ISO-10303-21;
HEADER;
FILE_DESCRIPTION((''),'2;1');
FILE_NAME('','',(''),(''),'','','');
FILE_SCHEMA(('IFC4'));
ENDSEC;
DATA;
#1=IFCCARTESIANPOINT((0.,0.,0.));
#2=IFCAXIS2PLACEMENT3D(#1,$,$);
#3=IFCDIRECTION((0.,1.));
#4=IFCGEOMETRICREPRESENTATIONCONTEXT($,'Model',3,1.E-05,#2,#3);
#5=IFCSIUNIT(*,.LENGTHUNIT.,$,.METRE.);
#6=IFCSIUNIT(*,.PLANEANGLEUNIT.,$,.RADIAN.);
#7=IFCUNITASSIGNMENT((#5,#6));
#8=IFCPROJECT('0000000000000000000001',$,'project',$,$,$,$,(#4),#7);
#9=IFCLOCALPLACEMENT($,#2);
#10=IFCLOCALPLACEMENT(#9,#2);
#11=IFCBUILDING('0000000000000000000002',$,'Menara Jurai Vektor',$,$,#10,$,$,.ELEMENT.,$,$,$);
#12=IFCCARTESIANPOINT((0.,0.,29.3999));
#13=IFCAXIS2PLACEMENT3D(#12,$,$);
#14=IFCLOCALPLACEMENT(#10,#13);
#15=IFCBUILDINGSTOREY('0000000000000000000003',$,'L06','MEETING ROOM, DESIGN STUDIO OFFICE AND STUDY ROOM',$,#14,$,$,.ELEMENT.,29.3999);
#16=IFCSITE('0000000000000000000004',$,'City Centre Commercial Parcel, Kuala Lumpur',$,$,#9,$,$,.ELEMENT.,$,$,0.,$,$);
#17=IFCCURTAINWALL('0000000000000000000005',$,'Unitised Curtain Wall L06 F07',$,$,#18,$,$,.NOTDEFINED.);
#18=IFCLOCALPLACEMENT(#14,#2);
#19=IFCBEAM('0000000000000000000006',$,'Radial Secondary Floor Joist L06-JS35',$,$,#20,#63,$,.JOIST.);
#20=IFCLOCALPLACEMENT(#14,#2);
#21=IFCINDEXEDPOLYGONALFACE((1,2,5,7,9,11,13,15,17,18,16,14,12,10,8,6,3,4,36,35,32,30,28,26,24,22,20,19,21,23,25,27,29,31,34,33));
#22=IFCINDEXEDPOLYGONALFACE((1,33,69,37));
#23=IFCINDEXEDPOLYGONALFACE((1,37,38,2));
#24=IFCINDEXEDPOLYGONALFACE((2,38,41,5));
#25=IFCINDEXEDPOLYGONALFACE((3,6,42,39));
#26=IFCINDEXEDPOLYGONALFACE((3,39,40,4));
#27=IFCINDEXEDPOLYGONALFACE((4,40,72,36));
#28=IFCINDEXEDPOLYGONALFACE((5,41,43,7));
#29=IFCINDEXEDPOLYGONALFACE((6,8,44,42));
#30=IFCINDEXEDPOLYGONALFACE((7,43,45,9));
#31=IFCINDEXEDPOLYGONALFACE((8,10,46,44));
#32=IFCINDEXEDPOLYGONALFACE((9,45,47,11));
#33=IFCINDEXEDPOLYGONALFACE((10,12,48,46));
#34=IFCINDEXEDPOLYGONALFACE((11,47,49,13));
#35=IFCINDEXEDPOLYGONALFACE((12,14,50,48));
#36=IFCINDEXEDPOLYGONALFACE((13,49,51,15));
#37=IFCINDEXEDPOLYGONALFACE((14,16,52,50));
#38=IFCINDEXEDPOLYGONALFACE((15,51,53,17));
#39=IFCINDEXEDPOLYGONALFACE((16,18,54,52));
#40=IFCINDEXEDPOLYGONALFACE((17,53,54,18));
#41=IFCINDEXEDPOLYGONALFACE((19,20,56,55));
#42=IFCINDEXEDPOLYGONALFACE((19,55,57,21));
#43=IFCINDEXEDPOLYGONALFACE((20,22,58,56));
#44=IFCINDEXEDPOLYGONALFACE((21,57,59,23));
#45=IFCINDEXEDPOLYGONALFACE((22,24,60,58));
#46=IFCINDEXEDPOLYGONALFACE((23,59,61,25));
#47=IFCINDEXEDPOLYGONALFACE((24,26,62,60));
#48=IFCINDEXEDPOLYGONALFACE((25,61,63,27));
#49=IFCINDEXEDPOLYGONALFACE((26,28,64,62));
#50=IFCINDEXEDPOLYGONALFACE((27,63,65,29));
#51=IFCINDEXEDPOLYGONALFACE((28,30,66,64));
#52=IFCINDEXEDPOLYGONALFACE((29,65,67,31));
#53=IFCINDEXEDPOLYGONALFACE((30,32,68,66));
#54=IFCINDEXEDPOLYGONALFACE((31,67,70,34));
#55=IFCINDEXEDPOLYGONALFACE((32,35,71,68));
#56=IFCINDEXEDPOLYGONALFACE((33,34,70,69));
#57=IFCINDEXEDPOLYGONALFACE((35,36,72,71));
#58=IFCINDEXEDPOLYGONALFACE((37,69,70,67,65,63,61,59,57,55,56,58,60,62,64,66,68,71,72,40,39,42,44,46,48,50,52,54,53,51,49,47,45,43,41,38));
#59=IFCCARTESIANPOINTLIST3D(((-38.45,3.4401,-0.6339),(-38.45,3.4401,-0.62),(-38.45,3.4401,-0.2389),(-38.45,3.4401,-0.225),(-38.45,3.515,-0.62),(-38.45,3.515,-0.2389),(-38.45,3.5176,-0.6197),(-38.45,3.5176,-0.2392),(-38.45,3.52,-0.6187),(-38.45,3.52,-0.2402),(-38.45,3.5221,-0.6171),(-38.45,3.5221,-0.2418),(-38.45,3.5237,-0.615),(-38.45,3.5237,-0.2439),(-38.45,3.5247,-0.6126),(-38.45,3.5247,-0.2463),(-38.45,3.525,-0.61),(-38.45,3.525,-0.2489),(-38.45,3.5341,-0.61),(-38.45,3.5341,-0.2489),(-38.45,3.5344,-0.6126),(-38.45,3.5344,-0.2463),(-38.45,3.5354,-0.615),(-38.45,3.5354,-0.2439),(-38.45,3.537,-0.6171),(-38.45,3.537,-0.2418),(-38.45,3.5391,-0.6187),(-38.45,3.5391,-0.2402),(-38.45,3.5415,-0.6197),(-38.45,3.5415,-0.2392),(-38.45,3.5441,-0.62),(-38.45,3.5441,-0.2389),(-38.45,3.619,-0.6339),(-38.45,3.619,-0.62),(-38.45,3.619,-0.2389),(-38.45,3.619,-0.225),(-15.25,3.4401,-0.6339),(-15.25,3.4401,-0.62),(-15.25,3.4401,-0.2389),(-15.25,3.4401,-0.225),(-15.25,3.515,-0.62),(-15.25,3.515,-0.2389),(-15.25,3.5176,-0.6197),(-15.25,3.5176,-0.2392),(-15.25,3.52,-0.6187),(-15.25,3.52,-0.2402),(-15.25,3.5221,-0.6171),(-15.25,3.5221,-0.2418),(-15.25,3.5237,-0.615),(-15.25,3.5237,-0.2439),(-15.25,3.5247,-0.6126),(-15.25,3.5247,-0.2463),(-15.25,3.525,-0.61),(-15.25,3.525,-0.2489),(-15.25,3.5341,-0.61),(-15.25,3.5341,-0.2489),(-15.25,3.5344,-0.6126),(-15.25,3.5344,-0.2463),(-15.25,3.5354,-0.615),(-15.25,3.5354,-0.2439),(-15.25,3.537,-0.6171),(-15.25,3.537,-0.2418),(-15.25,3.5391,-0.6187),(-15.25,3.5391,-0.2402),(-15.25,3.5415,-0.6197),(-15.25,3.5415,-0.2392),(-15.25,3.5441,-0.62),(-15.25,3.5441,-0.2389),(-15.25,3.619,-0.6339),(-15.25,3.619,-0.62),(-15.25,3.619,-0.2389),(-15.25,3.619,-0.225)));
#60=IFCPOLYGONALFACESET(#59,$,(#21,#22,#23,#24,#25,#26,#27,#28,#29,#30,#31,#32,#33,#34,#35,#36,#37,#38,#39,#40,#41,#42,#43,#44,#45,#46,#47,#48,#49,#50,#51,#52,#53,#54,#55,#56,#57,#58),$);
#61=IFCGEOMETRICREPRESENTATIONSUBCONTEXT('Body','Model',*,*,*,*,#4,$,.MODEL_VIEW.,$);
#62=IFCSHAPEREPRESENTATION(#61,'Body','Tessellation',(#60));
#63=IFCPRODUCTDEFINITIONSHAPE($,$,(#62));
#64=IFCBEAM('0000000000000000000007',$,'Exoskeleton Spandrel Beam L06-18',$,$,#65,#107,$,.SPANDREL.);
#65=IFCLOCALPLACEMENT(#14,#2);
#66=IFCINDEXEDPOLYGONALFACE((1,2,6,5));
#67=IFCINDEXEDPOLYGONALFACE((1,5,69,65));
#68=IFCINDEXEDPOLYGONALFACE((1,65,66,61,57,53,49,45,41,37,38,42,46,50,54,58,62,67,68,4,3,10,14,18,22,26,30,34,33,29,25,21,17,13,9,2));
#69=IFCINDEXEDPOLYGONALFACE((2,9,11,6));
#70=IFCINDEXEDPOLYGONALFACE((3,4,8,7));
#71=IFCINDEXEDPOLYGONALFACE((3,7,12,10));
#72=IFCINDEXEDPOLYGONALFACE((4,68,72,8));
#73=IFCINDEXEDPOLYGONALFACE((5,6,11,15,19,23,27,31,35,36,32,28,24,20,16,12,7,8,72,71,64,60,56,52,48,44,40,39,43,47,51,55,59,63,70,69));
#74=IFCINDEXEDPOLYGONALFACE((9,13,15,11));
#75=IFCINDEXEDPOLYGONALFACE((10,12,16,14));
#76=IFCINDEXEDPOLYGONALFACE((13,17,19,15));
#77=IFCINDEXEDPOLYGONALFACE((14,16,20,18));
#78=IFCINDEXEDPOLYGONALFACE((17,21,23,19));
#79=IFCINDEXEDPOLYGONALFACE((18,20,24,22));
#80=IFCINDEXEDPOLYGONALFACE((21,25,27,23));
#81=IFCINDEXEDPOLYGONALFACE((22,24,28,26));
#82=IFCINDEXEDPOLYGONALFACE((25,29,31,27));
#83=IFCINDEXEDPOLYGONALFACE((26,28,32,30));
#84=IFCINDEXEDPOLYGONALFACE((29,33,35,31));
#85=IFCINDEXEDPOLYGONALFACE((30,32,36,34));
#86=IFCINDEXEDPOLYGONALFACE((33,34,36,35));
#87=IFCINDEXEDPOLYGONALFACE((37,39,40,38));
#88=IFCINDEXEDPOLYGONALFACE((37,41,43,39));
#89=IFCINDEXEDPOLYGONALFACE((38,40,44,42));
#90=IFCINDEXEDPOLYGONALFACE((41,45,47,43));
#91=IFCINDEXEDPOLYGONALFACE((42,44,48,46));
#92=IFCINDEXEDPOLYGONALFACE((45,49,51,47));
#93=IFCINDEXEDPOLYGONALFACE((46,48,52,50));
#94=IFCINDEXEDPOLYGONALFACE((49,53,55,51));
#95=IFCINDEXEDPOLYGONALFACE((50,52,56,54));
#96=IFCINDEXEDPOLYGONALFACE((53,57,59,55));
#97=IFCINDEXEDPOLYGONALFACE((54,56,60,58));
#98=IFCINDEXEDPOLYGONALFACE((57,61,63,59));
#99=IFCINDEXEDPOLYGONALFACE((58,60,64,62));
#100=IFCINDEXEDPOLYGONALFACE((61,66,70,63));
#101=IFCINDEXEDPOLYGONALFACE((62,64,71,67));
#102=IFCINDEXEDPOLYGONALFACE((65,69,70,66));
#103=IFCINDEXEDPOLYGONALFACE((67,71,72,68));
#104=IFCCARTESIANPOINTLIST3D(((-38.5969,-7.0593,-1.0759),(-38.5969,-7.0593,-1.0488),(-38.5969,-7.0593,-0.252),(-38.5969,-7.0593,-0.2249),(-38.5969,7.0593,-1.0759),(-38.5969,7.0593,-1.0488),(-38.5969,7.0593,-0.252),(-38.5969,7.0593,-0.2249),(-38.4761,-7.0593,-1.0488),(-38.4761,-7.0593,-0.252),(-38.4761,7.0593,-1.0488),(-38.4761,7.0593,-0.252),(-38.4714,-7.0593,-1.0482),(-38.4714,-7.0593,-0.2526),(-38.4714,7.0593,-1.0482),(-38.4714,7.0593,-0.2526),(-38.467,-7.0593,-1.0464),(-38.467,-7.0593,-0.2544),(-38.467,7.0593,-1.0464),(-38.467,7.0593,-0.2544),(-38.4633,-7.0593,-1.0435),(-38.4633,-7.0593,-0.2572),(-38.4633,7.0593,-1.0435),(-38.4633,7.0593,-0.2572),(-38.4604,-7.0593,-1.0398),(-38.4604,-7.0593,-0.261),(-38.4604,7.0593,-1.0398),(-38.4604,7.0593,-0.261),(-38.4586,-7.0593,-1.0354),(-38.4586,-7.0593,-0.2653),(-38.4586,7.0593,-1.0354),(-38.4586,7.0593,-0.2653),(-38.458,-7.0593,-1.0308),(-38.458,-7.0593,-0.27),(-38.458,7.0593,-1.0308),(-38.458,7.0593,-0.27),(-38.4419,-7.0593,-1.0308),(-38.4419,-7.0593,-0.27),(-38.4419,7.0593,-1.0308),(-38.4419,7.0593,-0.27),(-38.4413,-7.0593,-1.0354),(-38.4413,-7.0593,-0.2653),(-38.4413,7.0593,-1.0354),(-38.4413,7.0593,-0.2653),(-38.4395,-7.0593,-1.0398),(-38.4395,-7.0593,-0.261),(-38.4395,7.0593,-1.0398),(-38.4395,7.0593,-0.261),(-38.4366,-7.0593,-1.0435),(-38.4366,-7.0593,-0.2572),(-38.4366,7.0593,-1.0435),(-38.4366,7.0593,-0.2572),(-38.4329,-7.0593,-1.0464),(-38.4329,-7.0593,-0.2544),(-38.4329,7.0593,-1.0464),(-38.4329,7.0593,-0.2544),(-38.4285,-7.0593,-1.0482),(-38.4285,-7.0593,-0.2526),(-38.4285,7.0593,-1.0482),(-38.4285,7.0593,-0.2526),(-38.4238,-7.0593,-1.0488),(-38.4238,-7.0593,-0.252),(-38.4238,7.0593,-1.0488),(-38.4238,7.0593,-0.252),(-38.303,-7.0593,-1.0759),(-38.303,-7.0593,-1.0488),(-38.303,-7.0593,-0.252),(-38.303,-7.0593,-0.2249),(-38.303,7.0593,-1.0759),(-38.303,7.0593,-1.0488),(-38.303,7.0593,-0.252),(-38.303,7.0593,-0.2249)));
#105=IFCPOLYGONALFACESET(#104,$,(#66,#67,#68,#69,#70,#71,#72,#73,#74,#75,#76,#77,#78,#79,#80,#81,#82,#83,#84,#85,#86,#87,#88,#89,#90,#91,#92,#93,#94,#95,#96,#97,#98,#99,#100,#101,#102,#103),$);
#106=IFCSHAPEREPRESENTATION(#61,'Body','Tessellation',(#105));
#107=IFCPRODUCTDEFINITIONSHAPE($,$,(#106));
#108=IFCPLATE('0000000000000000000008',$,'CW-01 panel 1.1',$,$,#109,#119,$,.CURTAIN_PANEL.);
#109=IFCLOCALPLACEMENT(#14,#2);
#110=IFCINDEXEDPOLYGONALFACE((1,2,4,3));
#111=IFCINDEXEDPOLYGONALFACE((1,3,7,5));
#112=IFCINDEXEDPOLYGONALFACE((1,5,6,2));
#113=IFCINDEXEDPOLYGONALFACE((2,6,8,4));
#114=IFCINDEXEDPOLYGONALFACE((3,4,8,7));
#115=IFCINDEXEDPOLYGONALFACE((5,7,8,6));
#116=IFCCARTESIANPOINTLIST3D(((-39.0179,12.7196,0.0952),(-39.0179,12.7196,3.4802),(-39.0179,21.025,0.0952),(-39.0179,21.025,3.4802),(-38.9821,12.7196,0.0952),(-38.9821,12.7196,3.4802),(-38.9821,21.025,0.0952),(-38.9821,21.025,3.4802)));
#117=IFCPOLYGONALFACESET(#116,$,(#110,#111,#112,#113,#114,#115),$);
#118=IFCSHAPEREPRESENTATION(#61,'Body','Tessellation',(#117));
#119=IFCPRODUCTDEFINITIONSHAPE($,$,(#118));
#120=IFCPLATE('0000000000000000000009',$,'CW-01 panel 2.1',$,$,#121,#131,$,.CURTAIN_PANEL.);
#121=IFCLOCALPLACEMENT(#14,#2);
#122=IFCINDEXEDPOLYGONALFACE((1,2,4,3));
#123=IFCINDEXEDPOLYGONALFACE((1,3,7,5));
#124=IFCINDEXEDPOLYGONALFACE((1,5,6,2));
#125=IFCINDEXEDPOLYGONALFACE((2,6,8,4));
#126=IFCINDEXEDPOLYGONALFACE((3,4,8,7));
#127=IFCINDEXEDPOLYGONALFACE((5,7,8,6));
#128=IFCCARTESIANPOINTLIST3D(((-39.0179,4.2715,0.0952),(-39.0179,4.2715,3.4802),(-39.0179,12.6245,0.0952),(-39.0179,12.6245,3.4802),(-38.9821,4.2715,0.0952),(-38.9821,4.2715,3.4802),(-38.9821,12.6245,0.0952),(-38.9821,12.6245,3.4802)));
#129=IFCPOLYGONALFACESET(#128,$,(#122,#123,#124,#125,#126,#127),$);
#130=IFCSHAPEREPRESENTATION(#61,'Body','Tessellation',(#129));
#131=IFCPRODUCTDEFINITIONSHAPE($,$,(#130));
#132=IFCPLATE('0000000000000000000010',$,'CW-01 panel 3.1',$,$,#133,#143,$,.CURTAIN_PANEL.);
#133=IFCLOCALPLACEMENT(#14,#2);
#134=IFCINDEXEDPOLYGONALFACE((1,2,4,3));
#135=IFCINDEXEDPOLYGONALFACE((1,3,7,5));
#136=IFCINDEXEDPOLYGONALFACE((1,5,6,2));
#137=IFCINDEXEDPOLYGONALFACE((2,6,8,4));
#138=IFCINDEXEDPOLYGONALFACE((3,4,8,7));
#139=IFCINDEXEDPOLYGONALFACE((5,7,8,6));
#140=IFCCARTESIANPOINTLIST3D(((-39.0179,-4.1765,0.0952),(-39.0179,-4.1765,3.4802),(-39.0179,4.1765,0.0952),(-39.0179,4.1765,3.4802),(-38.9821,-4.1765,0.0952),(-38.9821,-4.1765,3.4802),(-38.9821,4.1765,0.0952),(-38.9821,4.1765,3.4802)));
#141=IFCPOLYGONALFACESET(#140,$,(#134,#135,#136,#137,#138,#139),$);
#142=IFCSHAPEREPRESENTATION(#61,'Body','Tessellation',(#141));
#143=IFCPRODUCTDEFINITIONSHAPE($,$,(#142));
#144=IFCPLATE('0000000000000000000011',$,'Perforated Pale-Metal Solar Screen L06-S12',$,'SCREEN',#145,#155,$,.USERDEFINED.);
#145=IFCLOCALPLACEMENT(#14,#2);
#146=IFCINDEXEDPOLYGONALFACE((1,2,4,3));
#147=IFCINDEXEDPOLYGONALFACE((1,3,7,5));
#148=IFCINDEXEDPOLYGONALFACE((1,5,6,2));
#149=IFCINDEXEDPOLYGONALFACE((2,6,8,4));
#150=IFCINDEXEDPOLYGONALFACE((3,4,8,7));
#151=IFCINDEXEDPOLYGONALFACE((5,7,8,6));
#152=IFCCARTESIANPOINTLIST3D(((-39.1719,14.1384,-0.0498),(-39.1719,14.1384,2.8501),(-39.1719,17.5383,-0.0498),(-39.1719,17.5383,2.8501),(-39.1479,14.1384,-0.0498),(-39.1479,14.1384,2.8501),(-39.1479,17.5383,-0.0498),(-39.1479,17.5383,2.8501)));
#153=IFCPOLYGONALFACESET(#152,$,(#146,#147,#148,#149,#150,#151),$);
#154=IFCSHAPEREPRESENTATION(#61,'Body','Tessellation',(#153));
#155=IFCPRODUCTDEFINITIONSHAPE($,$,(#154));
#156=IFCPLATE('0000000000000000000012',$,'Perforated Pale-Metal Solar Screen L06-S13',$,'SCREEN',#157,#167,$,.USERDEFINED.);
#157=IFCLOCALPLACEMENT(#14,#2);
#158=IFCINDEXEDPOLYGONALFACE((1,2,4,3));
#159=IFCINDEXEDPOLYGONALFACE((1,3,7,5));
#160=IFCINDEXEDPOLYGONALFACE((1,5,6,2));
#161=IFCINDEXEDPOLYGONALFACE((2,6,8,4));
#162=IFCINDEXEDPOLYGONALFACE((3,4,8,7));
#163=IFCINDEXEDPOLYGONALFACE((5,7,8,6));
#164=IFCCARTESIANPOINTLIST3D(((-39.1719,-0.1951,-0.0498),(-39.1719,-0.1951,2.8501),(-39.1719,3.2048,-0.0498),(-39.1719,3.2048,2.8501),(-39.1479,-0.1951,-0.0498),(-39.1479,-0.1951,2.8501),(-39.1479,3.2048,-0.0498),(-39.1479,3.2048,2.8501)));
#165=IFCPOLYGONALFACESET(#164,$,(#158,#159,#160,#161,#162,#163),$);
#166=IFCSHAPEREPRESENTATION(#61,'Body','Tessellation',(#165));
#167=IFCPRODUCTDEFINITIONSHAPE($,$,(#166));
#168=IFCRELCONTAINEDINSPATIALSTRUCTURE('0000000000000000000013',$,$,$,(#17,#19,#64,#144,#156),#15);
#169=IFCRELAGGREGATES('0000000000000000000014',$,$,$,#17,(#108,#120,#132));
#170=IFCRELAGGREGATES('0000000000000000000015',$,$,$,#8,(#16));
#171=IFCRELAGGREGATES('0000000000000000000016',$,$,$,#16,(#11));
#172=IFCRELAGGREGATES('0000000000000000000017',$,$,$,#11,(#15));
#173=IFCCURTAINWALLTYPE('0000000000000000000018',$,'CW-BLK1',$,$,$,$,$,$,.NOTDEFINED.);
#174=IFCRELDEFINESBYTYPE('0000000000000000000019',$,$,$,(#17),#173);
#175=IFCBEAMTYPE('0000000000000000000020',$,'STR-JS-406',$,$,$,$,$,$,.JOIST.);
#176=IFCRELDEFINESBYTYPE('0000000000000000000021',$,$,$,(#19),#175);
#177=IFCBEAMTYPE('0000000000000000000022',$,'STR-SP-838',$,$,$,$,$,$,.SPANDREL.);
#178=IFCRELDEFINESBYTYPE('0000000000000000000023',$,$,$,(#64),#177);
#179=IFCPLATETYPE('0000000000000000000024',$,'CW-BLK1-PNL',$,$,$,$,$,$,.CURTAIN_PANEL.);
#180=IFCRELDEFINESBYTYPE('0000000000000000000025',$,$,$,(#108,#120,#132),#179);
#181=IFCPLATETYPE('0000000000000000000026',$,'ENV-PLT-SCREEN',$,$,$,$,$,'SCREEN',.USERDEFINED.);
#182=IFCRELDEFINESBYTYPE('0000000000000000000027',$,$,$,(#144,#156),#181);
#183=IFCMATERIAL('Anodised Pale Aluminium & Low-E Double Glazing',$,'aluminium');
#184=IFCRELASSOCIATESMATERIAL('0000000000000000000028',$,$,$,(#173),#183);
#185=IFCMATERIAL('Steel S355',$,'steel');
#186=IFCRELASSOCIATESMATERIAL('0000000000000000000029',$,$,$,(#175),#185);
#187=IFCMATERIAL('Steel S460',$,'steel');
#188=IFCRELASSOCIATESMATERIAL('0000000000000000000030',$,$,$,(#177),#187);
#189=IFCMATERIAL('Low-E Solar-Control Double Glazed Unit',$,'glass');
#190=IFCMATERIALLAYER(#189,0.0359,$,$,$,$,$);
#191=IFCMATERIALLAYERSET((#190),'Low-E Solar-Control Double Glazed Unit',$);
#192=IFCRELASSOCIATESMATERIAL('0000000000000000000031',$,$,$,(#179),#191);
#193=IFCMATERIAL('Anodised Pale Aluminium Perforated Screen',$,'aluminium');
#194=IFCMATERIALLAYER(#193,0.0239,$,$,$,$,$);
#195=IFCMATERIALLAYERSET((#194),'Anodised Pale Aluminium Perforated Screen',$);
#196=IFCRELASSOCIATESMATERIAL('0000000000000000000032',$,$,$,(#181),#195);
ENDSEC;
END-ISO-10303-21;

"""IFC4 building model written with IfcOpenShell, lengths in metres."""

from ifc_helpers import new_model, si_unit, direction, frame, origin, origin_2d, place, context, subcontext, project, spatial, rectangle, i_section, extrude, material, layer, layer_set, material_profile, profile_set, type_object, element, aggregate, save


model = new_model("IFC4")

# Units and contexts
model_context = context("Model", 3, precision=1e-05, world=origin(), true_north=direction((0.0, 1.0)))
body_context = subcontext(model_context, "Body", "Model", "MODEL_VIEW")
ifc_project = project(units=[si_unit("LENGTHUNIT", "METRE"), si_unit("PLANEANGLEUNIT", "RADIAN")], contexts=[model_context])

# Site, building, storey
site_placement = place(None, origin())
site = spatial("IfcSite", under=ifc_project, at=site_placement, Name="City Centre Commercial Parcel, Kuala Lumpur", CompositionType="ELEMENT", RefElevation=0.0)
building_placement = place(site_placement, origin())
building = spatial("IfcBuilding", under=site, at=building_placement, Name="Menara Jurai Vektor", CompositionType="ELEMENT")
storey_placement = place(building_placement, frame((0.0, 0.0, 29.3999)))
storey = spatial("IfcBuildingStorey", under=building, at=storey_placement, Name="L06", Description="MEETING ROOM, DESIGN STUDIO OFFICE AND STUDY ROOM", CompositionType="ELEMENT", Elevation=29.3999)

# Shared definitions
ifc_material_1 = material(Name="Steel S460", Category="steel")

# Curtain wall
ifc_material_2 = material(Name="Anodised Pale Aluminium & Low-E Double Glazing", Category="aluminium")
curtain_wall_type = type_object("IfcCurtainWallType", Name="CW-BLK1", PredefinedType="NOTDEFINED", material=ifc_material_2)
curtain_wall_placement = place(storey_placement, origin())
curtain_wall = element("IfcCurtainWall", 1, at=curtain_wall_placement, inside=storey, type_object=curtain_wall_type, Name="Unitised Curtain Wall L06 F07", PredefinedType="NOTDEFINED")

# Beams
ifc_material_3 = material(Name="Steel S355", Category="steel")
ifc_material_profile_1 = material_profile(ifc_material_3, i_section(OverallWidth=0.179, OverallDepth=0.4089, WebThickness=0.009, FlangeThickness=0.0139, FilletRadius=0.01, at=origin_2d()), Name="UKB 406x178x67")
ifc_profile_set_1 = profile_set([ifc_material_profile_1], Name="Steel S355")
beam_type_1 = type_object("IfcBeamType", Name="STR-JS-406", PredefinedType="JOIST", material=ifc_profile_set_1)
beam_1_placement = place(storey_placement, frame((-38.45, 3.5295, -0.4294), z_axis=(1.0, 0.0, 0.0), x_axis=(0.0, 1.0, 0.0)))
element("IfcBeam", 2, at=beam_1_placement, inside=storey, type_object=beam_type_1, Name="Radial Secondary Floor Joist L06-JS35", PredefinedType="JOIST", context=body_context, shape_type="SweptSolid", body=[
    extrude(i_section(OverallWidth=0.179, OverallDepth=0.4089, WebThickness=0.009, FlangeThickness=0.0139, FilletRadius=0.01, at=origin_2d()), origin(), (0.0, 0.0, 1.0), 23.2),
])
ifc_material_profile_2 = material_profile(ifc_material_1, i_section(OverallWidth=0.2939, OverallDepth=0.8511, WebThickness=0.0161, FlangeThickness=0.0271, FilletRadius=0.0181, at=origin_2d()), Name="UKB 838x292x226")
ifc_profile_set_2 = profile_set([ifc_material_profile_2], Name="Steel S460")
beam_type_2 = type_object("IfcBeamType", Name="STR-SP-838", PredefinedType="SPANDREL", material=ifc_profile_set_2)
beam_2_placement = place(storey_placement, frame((-38.45, 7.0593, -0.6504), z_axis=(0.0, -1.0, 0.0), x_axis=(1.0, 0.0, 0.0)))
element("IfcBeam", 3, at=beam_2_placement, inside=storey, type_object=beam_type_2, Name="Exoskeleton Spandrel Beam L06-18", PredefinedType="SPANDREL", context=body_context, shape_type="SweptSolid", body=[
    extrude(i_section(OverallWidth=0.2939, OverallDepth=0.8511, WebThickness=0.0161, FlangeThickness=0.0271, FilletRadius=0.0181, at=origin_2d()), origin(), (0.0, 0.0, 1.0), 14.1187),
])

# Plates
ifc_material_4 = material(Name="Low-E Solar-Control Double Glazed Unit", Category="glass")
ifc_layer_1 = layer(ifc_material_4, 0.0359)
ifc_layer_set_1 = layer_set([ifc_layer_1], Name="Low-E Solar-Control Double Glazed Unit")
plate_type_1 = type_object("IfcPlateType", Name="CW-BLK1-PNL", PredefinedType="CURTAIN_PANEL", material=ifc_layer_set_1)
plate_1_placement = place(storey_placement, frame((-39.0, 16.8723, 0.0952), z_axis=(0.0, 0.0, 1.0), x_axis=(0.0, -1.0, 0.0)))
plate_1 = element("IfcPlate", 4, at=plate_1_placement, type_object=plate_type_1, Name="CW-01 panel 1.1", PredefinedType="CURTAIN_PANEL", context=body_context, shape_type="SweptSolid", body=[
    extrude(rectangle(XDim=8.3054, YDim=0.0359, at=origin_2d()), origin(), (0.0, 0.0, 1.0), 3.385),
])
plate_2_placement = place(storey_placement, frame((-39.0, 8.448, 0.0952), z_axis=(0.0, 0.0, 1.0), x_axis=(0.0, -1.0, 0.0)))
plate_2 = element("IfcPlate", 5, at=plate_2_placement, type_object=plate_type_1, Name="CW-01 panel 2.1", PredefinedType="CURTAIN_PANEL", context=body_context, shape_type="SweptSolid", body=[
    extrude(rectangle(XDim=8.353, YDim=0.0359, at=origin_2d()), origin(), (0.0, 0.0, 1.0), 3.385),
])
plate_3_placement = place(storey_placement, frame((-39.0, 0.0, 0.0952), z_axis=(0.0, 0.0, 1.0), x_axis=(0.0, -1.0, 0.0)))
plate_3 = element("IfcPlate", 6, at=plate_3_placement, type_object=plate_type_1, Name="CW-01 panel 3.1", PredefinedType="CURTAIN_PANEL", context=body_context, shape_type="SweptSolid", body=[
    extrude(rectangle(XDim=8.353, YDim=0.0359, at=origin_2d()), origin(), (0.0, 0.0, 1.0), 3.385),
])
aggregate(curtain_wall, [plate_1, plate_2, plate_3])

# Plates
ifc_material_5 = material(Name="Anodised Pale Aluminium Perforated Screen", Category="aluminium")
ifc_layer_2 = layer(ifc_material_5, 0.0239)
ifc_layer_set_2 = layer_set([ifc_layer_2], Name="Anodised Pale Aluminium Perforated Screen")
plate_type_2 = type_object("IfcPlateType", Name="ENV-PLT-SCREEN", ElementType="SCREEN", PredefinedType="USERDEFINED", material=ifc_layer_set_2)
for number, where, z_axis, x_axis, name in (
    (7, (-39.1599, 15.8384, -0.0498), (0.0, 0.0, 1.0), (0.0, -1.0, 0.0), "Perforated Pale-Metal Solar Screen L06-S12"),
    (8, (-39.1599, 1.5049, -0.0498), (0.0, 0.0, 1.0), (0.0, -1.0, 0.0), "Perforated Pale-Metal Solar Screen L06-S13"),
):
    element("IfcPlate", number, at=place(storey_placement, frame(where, z_axis=z_axis, x_axis=x_axis)), inside=storey, type_object=plate_type_2, Name=name, ObjectType="SCREEN", PredefinedType="USERDEFINED", context=body_context, shape_type="SweptSolid", body=[
        extrude(rectangle(XDim=3.3999, YDim=0.0239, at=origin_2d()), origin(), (0.0, 0.0, 1.0), 2.8999),
    ])

save(model, "model.ifc")
